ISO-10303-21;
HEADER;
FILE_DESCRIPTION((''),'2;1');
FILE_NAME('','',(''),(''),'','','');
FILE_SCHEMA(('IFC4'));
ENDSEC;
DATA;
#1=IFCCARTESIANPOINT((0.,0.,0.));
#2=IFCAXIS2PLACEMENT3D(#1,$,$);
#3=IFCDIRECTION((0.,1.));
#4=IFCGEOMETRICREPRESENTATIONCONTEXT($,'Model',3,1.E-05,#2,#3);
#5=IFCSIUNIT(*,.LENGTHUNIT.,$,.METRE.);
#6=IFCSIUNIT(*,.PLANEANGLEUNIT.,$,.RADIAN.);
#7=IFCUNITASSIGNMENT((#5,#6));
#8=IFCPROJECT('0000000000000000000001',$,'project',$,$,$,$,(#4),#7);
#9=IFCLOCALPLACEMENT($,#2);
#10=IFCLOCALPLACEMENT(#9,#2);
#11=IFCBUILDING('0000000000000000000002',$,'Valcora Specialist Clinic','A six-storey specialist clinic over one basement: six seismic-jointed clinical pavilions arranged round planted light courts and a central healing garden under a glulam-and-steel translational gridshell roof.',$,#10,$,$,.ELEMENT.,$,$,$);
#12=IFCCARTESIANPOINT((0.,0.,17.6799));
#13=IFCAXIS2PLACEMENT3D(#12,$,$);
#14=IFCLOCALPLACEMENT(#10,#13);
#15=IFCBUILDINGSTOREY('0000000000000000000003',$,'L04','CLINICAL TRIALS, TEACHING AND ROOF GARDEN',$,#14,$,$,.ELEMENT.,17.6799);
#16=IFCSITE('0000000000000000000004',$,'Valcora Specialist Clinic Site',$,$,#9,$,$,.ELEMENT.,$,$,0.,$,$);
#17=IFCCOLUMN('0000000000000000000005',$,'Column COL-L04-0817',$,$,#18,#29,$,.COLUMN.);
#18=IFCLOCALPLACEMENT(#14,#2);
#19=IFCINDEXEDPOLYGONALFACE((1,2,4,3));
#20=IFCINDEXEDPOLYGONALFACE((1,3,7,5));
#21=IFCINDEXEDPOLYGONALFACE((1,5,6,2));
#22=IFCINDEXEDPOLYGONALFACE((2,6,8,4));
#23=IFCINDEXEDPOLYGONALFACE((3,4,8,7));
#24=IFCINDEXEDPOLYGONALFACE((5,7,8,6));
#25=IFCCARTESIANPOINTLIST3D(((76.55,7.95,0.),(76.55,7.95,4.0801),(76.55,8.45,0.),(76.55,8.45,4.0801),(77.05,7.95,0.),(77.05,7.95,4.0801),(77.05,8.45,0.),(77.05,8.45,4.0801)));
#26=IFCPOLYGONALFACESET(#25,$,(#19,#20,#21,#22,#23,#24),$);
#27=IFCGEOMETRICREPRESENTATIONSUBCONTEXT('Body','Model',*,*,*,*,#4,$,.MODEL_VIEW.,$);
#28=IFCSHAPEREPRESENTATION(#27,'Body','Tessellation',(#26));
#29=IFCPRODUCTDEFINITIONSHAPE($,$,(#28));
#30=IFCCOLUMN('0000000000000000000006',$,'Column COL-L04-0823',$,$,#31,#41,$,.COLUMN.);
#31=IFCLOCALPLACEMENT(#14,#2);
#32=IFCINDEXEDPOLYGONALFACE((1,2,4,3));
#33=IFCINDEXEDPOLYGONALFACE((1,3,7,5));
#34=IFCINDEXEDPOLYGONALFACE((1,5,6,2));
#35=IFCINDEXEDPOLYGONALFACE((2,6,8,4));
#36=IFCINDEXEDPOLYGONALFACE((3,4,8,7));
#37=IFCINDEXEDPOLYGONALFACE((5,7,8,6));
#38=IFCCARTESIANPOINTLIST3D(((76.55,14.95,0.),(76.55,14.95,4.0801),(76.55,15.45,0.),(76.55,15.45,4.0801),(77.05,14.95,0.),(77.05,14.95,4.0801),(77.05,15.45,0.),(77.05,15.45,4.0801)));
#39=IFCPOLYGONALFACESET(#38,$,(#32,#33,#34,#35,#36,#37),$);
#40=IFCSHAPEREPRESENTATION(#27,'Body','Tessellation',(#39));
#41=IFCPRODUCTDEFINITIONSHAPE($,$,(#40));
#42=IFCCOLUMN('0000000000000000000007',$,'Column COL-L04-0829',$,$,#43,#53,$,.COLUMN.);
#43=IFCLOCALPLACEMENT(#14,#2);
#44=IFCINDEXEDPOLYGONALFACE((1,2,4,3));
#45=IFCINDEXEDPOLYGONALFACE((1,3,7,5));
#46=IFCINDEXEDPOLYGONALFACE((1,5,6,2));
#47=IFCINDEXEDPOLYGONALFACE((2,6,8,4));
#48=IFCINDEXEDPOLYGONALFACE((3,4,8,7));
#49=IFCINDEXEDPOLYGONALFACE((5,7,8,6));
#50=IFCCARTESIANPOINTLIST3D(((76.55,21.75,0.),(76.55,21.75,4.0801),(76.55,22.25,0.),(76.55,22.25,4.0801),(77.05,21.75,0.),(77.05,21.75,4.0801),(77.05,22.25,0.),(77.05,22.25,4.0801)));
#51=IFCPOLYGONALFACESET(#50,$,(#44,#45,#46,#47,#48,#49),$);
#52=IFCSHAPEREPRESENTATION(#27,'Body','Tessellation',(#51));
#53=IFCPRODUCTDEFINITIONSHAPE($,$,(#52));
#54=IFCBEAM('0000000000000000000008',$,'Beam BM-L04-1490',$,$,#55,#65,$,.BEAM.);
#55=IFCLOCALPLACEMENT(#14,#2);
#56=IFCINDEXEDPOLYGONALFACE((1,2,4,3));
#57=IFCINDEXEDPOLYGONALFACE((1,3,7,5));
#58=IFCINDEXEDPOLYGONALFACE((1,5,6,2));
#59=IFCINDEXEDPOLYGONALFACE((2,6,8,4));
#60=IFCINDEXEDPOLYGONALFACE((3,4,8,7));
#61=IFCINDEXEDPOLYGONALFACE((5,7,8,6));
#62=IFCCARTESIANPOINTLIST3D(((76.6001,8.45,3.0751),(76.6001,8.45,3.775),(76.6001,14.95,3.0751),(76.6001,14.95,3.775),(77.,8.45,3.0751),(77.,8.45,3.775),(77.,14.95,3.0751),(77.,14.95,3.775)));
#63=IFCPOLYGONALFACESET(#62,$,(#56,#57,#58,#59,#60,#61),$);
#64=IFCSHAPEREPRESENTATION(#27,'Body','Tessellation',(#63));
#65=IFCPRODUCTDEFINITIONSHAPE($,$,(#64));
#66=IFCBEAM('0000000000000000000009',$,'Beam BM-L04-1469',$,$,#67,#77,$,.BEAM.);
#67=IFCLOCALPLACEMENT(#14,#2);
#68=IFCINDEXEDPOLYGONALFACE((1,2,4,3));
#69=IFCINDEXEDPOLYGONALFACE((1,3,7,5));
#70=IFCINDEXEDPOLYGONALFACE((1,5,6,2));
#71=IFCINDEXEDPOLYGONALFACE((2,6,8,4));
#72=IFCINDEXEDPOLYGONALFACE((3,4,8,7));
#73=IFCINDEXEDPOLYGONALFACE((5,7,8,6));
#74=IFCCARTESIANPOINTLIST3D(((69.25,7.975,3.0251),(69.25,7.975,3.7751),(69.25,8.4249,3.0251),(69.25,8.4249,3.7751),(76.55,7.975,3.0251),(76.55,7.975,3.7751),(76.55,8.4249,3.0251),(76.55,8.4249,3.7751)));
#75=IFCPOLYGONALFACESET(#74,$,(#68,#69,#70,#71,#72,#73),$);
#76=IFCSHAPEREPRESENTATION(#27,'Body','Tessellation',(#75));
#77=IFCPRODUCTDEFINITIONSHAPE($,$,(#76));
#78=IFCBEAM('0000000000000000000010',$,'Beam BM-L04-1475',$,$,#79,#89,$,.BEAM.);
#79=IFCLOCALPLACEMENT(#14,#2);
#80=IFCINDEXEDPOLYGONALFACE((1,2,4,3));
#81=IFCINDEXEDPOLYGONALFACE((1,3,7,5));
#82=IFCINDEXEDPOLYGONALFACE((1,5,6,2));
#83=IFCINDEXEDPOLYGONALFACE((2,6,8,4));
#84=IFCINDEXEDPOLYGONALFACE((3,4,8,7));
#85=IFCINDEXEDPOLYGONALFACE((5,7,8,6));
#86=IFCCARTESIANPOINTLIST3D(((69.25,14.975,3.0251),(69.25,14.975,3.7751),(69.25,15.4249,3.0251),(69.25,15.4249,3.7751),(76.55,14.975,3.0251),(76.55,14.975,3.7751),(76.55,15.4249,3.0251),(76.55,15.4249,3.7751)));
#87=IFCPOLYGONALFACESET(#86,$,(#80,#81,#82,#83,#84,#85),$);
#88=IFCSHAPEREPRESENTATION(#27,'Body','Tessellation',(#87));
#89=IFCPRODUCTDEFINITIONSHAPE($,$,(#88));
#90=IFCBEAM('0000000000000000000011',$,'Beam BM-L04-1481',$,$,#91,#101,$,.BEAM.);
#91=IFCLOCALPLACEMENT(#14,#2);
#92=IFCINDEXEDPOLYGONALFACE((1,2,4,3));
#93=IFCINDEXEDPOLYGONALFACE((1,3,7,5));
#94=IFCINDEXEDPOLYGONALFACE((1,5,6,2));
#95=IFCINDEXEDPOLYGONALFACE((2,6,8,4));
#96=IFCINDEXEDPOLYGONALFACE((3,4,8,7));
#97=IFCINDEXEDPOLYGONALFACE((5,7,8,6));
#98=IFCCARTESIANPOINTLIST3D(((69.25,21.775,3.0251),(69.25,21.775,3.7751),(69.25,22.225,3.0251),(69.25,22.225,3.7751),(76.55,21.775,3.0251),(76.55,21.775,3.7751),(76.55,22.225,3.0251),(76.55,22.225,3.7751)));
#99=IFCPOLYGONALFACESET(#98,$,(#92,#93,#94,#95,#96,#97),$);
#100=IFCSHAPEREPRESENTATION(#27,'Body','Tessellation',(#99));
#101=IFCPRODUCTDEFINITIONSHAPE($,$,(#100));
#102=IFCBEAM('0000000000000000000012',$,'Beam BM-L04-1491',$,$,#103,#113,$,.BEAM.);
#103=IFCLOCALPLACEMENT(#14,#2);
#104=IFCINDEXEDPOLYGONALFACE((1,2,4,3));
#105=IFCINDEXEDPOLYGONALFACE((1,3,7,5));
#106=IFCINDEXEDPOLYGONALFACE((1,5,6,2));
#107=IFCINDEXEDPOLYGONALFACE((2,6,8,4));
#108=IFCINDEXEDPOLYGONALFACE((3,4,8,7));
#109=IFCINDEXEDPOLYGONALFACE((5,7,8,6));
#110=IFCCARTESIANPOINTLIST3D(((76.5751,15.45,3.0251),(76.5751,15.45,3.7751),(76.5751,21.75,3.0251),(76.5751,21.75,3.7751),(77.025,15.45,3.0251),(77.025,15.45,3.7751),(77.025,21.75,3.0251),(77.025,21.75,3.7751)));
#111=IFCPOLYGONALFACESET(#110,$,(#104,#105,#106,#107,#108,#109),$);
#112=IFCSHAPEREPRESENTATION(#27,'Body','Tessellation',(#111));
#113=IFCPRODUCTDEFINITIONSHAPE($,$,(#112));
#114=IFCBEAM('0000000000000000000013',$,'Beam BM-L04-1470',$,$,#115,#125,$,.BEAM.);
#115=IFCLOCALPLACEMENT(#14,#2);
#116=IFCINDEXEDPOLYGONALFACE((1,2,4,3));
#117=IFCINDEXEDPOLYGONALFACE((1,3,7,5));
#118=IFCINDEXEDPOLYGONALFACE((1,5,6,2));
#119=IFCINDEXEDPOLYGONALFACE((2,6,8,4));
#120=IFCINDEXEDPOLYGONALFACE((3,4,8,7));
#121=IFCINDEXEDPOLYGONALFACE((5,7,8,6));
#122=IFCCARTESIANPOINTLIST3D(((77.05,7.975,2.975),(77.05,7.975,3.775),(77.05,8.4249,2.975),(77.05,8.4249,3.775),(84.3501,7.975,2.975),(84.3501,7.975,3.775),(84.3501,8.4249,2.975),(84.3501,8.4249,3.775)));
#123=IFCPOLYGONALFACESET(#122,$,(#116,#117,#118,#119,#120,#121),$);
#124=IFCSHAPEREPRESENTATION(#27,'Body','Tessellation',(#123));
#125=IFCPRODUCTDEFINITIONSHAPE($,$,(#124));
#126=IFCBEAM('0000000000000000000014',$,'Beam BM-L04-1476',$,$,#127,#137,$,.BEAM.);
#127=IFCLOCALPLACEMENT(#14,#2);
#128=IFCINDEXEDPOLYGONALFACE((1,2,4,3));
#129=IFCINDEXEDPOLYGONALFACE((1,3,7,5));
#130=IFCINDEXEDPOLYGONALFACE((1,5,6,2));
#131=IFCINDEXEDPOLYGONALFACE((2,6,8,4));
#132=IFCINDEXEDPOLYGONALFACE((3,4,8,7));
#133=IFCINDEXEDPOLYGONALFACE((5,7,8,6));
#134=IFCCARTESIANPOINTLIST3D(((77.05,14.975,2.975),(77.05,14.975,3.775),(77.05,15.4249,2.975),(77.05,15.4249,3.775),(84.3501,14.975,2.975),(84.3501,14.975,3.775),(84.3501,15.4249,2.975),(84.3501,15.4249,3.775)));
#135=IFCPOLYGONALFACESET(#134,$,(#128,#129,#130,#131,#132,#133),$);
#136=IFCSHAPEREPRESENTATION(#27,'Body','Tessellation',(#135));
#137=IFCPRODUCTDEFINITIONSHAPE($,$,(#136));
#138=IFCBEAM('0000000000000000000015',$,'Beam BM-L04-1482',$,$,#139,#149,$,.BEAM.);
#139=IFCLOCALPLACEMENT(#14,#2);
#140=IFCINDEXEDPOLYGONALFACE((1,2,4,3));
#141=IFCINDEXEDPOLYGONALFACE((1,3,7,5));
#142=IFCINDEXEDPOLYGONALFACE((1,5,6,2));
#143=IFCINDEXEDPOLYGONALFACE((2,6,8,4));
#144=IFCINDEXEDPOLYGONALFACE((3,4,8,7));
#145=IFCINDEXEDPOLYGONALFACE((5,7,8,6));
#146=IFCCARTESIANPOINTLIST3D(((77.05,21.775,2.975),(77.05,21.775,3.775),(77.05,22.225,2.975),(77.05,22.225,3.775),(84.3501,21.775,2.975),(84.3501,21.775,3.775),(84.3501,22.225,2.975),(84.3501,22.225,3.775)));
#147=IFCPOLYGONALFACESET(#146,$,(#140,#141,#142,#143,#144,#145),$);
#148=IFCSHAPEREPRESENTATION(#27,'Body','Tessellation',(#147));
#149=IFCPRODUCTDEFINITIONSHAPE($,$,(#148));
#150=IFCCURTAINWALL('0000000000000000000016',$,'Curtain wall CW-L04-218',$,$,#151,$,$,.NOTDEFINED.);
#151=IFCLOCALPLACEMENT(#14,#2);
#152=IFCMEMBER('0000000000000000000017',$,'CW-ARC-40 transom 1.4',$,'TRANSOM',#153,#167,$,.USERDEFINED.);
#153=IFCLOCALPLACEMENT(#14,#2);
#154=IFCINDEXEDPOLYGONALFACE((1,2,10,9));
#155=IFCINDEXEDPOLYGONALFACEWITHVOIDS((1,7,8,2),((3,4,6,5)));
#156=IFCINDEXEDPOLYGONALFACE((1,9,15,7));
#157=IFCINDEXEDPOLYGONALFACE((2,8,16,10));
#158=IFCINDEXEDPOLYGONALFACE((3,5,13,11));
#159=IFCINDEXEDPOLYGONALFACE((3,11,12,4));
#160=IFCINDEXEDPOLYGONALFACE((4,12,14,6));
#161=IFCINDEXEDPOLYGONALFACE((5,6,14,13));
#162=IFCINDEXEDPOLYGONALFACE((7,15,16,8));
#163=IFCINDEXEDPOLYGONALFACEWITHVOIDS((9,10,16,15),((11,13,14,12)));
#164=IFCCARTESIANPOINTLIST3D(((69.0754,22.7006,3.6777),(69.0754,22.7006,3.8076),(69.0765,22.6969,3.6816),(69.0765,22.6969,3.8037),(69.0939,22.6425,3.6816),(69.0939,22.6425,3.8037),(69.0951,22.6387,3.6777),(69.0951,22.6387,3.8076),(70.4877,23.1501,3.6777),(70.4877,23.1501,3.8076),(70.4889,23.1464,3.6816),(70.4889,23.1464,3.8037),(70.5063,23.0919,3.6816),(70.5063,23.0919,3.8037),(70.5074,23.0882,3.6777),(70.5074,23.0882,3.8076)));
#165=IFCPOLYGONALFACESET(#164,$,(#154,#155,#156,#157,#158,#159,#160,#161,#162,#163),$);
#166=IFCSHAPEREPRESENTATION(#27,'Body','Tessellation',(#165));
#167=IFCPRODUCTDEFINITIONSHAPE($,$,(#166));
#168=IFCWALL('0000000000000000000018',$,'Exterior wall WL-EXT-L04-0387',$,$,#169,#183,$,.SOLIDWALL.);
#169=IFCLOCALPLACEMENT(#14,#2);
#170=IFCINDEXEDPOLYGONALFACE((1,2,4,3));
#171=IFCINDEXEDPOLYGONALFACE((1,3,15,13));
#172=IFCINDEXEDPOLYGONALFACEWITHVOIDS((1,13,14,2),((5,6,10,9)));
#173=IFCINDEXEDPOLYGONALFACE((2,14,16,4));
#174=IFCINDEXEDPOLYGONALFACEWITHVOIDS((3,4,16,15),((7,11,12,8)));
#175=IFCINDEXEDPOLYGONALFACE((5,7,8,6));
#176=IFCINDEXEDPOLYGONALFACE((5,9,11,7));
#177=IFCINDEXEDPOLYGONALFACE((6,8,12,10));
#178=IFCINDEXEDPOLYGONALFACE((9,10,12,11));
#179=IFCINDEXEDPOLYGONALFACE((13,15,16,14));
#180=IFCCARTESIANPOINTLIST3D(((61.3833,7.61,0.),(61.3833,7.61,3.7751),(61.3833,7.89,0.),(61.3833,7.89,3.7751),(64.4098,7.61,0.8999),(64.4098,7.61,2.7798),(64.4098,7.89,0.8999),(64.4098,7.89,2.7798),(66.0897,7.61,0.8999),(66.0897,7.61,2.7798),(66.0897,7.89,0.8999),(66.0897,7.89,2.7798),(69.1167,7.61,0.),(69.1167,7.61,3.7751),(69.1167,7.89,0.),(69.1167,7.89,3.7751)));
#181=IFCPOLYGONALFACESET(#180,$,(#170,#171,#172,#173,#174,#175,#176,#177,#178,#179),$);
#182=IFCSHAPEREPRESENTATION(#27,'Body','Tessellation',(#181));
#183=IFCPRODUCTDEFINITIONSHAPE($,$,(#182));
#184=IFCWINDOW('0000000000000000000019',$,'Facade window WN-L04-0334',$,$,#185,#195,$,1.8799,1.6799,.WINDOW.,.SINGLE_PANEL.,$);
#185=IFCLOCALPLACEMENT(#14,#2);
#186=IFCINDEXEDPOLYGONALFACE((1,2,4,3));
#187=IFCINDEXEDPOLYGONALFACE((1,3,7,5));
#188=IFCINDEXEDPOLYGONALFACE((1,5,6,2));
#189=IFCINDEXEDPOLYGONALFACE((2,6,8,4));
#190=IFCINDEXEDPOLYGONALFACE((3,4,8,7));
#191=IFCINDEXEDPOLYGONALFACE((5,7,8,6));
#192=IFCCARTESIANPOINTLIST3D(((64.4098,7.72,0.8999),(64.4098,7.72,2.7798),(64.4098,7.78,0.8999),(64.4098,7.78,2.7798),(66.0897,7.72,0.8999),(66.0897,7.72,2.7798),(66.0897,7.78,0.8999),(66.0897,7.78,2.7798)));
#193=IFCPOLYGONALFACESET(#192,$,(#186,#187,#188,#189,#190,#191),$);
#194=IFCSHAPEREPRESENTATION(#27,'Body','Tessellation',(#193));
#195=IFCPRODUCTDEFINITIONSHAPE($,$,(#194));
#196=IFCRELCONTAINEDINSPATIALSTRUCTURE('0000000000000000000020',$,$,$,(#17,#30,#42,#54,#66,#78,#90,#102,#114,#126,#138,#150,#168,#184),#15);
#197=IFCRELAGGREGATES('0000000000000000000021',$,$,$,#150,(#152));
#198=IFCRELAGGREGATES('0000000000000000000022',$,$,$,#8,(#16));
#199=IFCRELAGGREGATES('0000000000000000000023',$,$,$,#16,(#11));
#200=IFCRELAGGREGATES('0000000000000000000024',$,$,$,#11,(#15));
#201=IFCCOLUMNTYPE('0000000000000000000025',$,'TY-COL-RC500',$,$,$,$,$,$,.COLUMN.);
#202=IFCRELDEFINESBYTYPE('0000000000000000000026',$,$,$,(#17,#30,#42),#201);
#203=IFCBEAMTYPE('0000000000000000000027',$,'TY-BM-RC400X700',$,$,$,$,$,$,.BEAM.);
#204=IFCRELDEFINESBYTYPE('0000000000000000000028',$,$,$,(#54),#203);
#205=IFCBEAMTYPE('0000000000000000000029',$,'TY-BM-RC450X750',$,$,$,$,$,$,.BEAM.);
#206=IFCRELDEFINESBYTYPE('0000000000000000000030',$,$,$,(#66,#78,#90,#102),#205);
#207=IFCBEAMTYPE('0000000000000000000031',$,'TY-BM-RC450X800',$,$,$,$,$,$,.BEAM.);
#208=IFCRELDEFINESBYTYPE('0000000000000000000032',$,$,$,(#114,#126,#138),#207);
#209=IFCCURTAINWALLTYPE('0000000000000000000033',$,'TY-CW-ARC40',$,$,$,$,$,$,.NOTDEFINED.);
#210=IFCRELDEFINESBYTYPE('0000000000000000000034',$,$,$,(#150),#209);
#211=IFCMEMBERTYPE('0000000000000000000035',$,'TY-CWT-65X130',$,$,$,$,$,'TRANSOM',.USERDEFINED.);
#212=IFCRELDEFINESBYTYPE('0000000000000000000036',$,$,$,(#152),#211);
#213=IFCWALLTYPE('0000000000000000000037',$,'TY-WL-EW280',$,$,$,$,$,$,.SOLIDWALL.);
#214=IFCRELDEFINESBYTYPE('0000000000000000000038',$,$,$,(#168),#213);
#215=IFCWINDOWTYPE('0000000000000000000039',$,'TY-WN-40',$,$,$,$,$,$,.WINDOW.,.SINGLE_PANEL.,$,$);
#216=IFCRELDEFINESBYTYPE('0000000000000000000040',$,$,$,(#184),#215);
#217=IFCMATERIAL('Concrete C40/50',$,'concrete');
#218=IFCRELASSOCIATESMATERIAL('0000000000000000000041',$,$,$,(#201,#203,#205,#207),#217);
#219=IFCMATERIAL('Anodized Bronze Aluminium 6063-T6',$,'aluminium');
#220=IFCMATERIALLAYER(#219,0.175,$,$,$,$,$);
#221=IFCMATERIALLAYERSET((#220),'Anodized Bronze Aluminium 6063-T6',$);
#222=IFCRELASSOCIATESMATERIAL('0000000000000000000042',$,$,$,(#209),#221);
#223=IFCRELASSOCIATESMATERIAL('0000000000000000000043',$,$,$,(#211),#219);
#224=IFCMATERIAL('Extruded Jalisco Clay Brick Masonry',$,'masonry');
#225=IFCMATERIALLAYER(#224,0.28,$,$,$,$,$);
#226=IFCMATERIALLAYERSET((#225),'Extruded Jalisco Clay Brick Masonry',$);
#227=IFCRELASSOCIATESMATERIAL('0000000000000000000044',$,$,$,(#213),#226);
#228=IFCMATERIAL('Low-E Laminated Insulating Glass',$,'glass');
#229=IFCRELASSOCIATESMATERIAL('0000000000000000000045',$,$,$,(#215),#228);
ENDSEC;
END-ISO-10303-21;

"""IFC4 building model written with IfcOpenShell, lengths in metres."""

from ifc_helpers import new_model, si_unit, direction, frame, frame_2d, origin, origin_2d, place, context, subcontext, project, spatial, rectangle, hollow_rectangle, extrude, material, layer, layer_set, material_profile, profile_set, type_object, element, fill, aggregate, save


model = new_model("IFC4")

# Units and contexts
model_context = context("Model", 3, precision=1e-05, world=origin(), true_north=direction((0.0, 1.0)))
body_context = subcontext(model_context, "Body", "Model", "MODEL_VIEW")
ifc_project = project(units=[si_unit("LENGTHUNIT", "METRE"), si_unit("PLANEANGLEUNIT", "RADIAN")], contexts=[model_context])

# Site, building, storey
site_placement = place(None, origin())
site = spatial("IfcSite", under=ifc_project, at=site_placement, Name="Valcora Specialist Clinic Site", CompositionType="ELEMENT", RefElevation=0.0)
building_placement = place(site_placement, origin())
building = spatial("IfcBuilding", under=site, at=building_placement, Name="Valcora Specialist Clinic", Description="A six-storey specialist clinic over one basement: six seismic-jointed clinical pavilions arranged round planted light courts and a central healing garden under a glulam-and-steel translational gridshell roof.", CompositionType="ELEMENT")
storey_placement = place(building_placement, frame((0.0, 0.0, 17.6799)))
storey = spatial("IfcBuildingStorey", under=building, at=storey_placement, Name="L04", Description="CLINICAL TRIALS, TEACHING AND ROOF GARDEN", CompositionType="ELEMENT", Elevation=17.6799)

# Columns
ifc_material_1 = material(Name="Concrete C40/50", Category="concrete")
ifc_material_profile_1 = material_profile(ifc_material_1, rectangle(XDim=0.5, YDim=0.5, at=origin_2d()), Name="RC-COL-500X500")
ifc_profile_set_1 = profile_set([ifc_material_profile_1], Name="Concrete C40/50")
column_type = type_object("IfcColumnType", Name="TY-COL-RC500", PredefinedType="COLUMN", material=ifc_profile_set_1)
for number, where, z_axis, x_axis, name in (
    (1, (76.8, 8.2, 0.0), (0.0, 0.0, 1.0), (1.0, 0.0, 0.0), "Column COL-L04-0817"),
    (2, (76.8, 15.2, 0.0), (0.0, 0.0, 1.0), (1.0, 0.0, 0.0), "Column COL-L04-0823"),
    (3, (76.8, 22.0, 0.0), (0.0, 0.0, 1.0), (1.0, 0.0, 0.0), "Column COL-L04-0829"),
):
    element("IfcColumn", number, at=place(storey_placement, frame(where, z_axis=z_axis, x_axis=x_axis)), inside=storey, type_object=column_type, Name=name, PredefinedType="COLUMN", context=body_context, shape_type="SweptSolid", body=[
        extrude(rectangle(XDim=0.5, YDim=0.5, at=origin_2d()), origin(), (0.0, 0.0, 1.0), 4.0801),
    ])

# Beams
ifc_material_profile_2 = material_profile(ifc_material_1, rectangle(XDim=0.3999, YDim=0.7, at=origin_2d()), Name="RC-BM-400X700")
ifc_profile_set_2 = profile_set([ifc_material_profile_2], Name="Concrete C40/50")
beam_type_1 = type_object("IfcBeamType", Name="TY-BM-RC400X700", PredefinedType="BEAM", material=ifc_profile_set_2)
beam_1_placement = place(storey_placement, frame((76.8, 8.45, 3.425), z_axis=(0.0, 1.0, 0.0), x_axis=(-1.0, 0.0, 0.0)))
element("IfcBeam", 4, at=beam_1_placement, inside=storey, type_object=beam_type_1, Name="Beam BM-L04-1490", PredefinedType="BEAM", context=body_context, shape_type="SweptSolid", body=[
    extrude(rectangle(XDim=0.3999, YDim=0.7, at=origin_2d()), origin(), (0.0, 0.0, 1.0), 6.5),
])
ifc_material_profile_3 = material_profile(ifc_material_1, rectangle(XDim=0.45, YDim=0.75, at=origin_2d()), Name="RC-BM-450X750")
ifc_profile_set_3 = profile_set([ifc_material_profile_3], Name="Concrete C40/50")
beam_type_2 = type_object("IfcBeamType", Name="TY-BM-RC450X750", PredefinedType="BEAM", material=ifc_profile_set_3)
for number, where, z_axis, x_axis, name in (
    (5, (69.25, 8.2, 3.4001), (1.0, 0.0, 0.0), (0.0, 1.0, 0.0), "Beam BM-L04-1469"),
    (6, (69.25, 15.2, 3.4001), (1.0, 0.0, 0.0), (0.0, 1.0, 0.0), "Beam BM-L04-1475"),
    (7, (69.25, 22.0, 3.4001), (1.0, 0.0, 0.0), (0.0, 1.0, 0.0), "Beam BM-L04-1481"),
):
    element("IfcBeam", number, at=place(storey_placement, frame(where, z_axis=z_axis, x_axis=x_axis)), inside=storey, type_object=beam_type_2, Name=name, PredefinedType="BEAM", context=body_context, shape_type="SweptSolid", body=[
        extrude(rectangle(XDim=0.45, YDim=0.75, at=origin_2d()), origin(), (0.0, 0.0, 1.0), 7.3),
    ])
beam_2_placement = place(storey_placement, frame((76.8, 15.45, 3.4001), z_axis=(0.0, 1.0, 0.0), x_axis=(-1.0, 0.0, 0.0)))
element("IfcBeam", 8, at=beam_2_placement, inside=storey, type_object=beam_type_2, Name="Beam BM-L04-1491", PredefinedType="BEAM", context=body_context, shape_type="SweptSolid", body=[
    extrude(rectangle(XDim=0.45, YDim=0.75, at=origin_2d()), origin(), (0.0, 0.0, 1.0), 6.3),
])
ifc_material_profile_4 = material_profile(ifc_material_1, rectangle(XDim=0.45, YDim=0.8, at=origin_2d()), Name="RC-BM-450X800")
ifc_profile_set_4 = profile_set([ifc_material_profile_4], Name="Concrete C40/50")
beam_type_3 = type_object("IfcBeamType", Name="TY-BM-RC450X800", PredefinedType="BEAM", material=ifc_profile_set_4)
for number, where, z_axis, x_axis, name in (
    (9, (77.05, 8.2, 3.375), (1.0, 0.0, 0.0), (0.0, 1.0, 0.0), "Beam BM-L04-1470"),
    (10, (77.05, 15.2, 3.375), (1.0, 0.0, 0.0), (0.0, 1.0, 0.0), "Beam BM-L04-1476"),
    (11, (77.05, 22.0, 3.375), (1.0, 0.0, 0.0), (0.0, 1.0, 0.0), "Beam BM-L04-1482"),
):
    element("IfcBeam", number, at=place(storey_placement, frame(where, z_axis=z_axis, x_axis=x_axis)), inside=storey, type_object=beam_type_3, Name=name, PredefinedType="BEAM", context=body_context, shape_type="SweptSolid", body=[
        extrude(rectangle(XDim=0.45, YDim=0.8, at=origin_2d()), origin(), (0.0, 0.0, 1.0), 7.3),
    ])

# Curtain wall, member
ifc_material_2 = material(Name="Anodized Bronze Aluminium 6063-T6", Category="aluminium")
ifc_layer_1 = layer(ifc_material_2, 0.175)
ifc_layer_set_1 = layer_set([ifc_layer_1], Name="Anodized Bronze Aluminium 6063-T6")
curtain_wall_type = type_object("IfcCurtainWallType", Name="TY-CW-ARC40", PredefinedType="NOTDEFINED", material=ifc_layer_set_1)
curtain_wall_placement = place(storey_placement, origin())
curtain_wall = element("IfcCurtainWall", 12, at=curtain_wall_placement, inside=storey, type_object=curtain_wall_type, Name="Curtain wall CW-L04-218", PredefinedType="NOTDEFINED")
ifc_material_profile_5 = material_profile(ifc_material_2, hollow_rectangle(XDim=0.0649, YDim=0.1299, WallThickness=0.0039, at=origin_2d()), Name="AL-TRN-65X130")
ifc_profile_set_5 = profile_set([ifc_material_profile_5], Name="Anodized Bronze Aluminium 6063-T6")
member_type = type_object("IfcMemberType", Name="TY-CWT-65X130", ElementType="TRANSOM", PredefinedType="USERDEFINED", material=ifc_profile_set_5)
member_placement = place(storey_placement, frame((69.0852, 22.6697, 3.7427), z_axis=(0.952911, 0.303251, 0.0), x_axis=(-0.303251, 0.952911, 0.0)))
member = element("IfcMember", 13, at=member_placement, type_object=member_type, Name="CW-ARC-40 transom 1.4", ObjectType="TRANSOM", PredefinedType="USERDEFINED", context=body_context, shape_type="SweptSolid", body=[
    extrude(hollow_rectangle(XDim=0.0649, YDim=0.1299, WallThickness=0.0039, at=origin_2d()), origin(), (0.0, 0.0, 1.0), 1.4822),
])
aggregate(curtain_wall, [member])

# Wall, opening, window
ifc_material_3 = material(Name="Extruded Jalisco Clay Brick Masonry", Category="masonry")
ifc_layer_2 = layer(ifc_material_3, 0.28)
ifc_layer_set_2 = layer_set([ifc_layer_2], Name="Extruded Jalisco Clay Brick Masonry")
wall_type_1 = type_object("IfcWallType", Name="TY-WL-EW280", PredefinedType="SOLIDWALL", material=ifc_layer_set_2)
wall_1_placement = place(storey_placement, frame((69.1167, 7.75, 0.0), z_axis=(0.0, 0.0, 1.0), x_axis=(-1.0, 0.0, 0.0)))
wall_1 = element("IfcWall", 14, at=wall_1_placement, inside=storey, type_object=wall_type_1, Name="Exterior wall WL-EXT-L04-0387", PredefinedType="SOLIDWALL", context=body_context, shape_type="SweptSolid", body=[
    extrude(rectangle(XDim=7.7334, YDim=0.28, at=frame_2d((3.8667, 0.0))), origin(), (0.0, 0.0, 1.0), 3.7751),
])
opening_1_placement = place(wall_1_placement, frame((3.0271, 0.0, 0.8999)))
opening_1 = element("IfcOpeningElement", 15, at=opening_1_placement, cuts=wall_1, PredefinedType="OPENING", context=body_context, shape_type="SweptSolid", body=[
    extrude(rectangle(XDim=1.6799, YDim=1.8799, at=frame_2d((0.8398, 0.9399))), frame((0.0, 0.1499, 0.0), z_axis=(0.0, -1.0, 0.0), x_axis=(1.0, 0.0, 0.0)), (0.0, 0.0, 1.0), 0.3),
])
ifc_material_4 = material(Name="Low-E Laminated Insulating Glass", Category="glass")
window_type_1 = type_object("IfcWindowType", Name="TY-WN-40", PartitioningType="SINGLE_PANEL", PredefinedType="WINDOW", material=ifc_material_4)
window_1_placement = place(opening_1_placement, origin())
window_1 = element("IfcWindow", 16, at=window_1_placement, inside=storey, type_object=window_type_1, Name="Facade window WN-L04-0334", OverallHeight=1.8799, OverallWidth=1.6799, PartitioningType="SINGLE_PANEL", PredefinedType="WINDOW", context=body_context, shape_type="SweptSolid", body=[
    extrude(rectangle(XDim=1.6799, YDim=1.8799, at=frame_2d((0.8398, 0.9399))), frame((0.0, 0.03, 0.0), z_axis=(0.0, -1.0, 0.0), x_axis=(1.0, 0.0, 0.0)), (0.0, 0.0, 1.0), 0.0601),
])
fill(opening_1, window_1)

save(model, "model.ifc")
